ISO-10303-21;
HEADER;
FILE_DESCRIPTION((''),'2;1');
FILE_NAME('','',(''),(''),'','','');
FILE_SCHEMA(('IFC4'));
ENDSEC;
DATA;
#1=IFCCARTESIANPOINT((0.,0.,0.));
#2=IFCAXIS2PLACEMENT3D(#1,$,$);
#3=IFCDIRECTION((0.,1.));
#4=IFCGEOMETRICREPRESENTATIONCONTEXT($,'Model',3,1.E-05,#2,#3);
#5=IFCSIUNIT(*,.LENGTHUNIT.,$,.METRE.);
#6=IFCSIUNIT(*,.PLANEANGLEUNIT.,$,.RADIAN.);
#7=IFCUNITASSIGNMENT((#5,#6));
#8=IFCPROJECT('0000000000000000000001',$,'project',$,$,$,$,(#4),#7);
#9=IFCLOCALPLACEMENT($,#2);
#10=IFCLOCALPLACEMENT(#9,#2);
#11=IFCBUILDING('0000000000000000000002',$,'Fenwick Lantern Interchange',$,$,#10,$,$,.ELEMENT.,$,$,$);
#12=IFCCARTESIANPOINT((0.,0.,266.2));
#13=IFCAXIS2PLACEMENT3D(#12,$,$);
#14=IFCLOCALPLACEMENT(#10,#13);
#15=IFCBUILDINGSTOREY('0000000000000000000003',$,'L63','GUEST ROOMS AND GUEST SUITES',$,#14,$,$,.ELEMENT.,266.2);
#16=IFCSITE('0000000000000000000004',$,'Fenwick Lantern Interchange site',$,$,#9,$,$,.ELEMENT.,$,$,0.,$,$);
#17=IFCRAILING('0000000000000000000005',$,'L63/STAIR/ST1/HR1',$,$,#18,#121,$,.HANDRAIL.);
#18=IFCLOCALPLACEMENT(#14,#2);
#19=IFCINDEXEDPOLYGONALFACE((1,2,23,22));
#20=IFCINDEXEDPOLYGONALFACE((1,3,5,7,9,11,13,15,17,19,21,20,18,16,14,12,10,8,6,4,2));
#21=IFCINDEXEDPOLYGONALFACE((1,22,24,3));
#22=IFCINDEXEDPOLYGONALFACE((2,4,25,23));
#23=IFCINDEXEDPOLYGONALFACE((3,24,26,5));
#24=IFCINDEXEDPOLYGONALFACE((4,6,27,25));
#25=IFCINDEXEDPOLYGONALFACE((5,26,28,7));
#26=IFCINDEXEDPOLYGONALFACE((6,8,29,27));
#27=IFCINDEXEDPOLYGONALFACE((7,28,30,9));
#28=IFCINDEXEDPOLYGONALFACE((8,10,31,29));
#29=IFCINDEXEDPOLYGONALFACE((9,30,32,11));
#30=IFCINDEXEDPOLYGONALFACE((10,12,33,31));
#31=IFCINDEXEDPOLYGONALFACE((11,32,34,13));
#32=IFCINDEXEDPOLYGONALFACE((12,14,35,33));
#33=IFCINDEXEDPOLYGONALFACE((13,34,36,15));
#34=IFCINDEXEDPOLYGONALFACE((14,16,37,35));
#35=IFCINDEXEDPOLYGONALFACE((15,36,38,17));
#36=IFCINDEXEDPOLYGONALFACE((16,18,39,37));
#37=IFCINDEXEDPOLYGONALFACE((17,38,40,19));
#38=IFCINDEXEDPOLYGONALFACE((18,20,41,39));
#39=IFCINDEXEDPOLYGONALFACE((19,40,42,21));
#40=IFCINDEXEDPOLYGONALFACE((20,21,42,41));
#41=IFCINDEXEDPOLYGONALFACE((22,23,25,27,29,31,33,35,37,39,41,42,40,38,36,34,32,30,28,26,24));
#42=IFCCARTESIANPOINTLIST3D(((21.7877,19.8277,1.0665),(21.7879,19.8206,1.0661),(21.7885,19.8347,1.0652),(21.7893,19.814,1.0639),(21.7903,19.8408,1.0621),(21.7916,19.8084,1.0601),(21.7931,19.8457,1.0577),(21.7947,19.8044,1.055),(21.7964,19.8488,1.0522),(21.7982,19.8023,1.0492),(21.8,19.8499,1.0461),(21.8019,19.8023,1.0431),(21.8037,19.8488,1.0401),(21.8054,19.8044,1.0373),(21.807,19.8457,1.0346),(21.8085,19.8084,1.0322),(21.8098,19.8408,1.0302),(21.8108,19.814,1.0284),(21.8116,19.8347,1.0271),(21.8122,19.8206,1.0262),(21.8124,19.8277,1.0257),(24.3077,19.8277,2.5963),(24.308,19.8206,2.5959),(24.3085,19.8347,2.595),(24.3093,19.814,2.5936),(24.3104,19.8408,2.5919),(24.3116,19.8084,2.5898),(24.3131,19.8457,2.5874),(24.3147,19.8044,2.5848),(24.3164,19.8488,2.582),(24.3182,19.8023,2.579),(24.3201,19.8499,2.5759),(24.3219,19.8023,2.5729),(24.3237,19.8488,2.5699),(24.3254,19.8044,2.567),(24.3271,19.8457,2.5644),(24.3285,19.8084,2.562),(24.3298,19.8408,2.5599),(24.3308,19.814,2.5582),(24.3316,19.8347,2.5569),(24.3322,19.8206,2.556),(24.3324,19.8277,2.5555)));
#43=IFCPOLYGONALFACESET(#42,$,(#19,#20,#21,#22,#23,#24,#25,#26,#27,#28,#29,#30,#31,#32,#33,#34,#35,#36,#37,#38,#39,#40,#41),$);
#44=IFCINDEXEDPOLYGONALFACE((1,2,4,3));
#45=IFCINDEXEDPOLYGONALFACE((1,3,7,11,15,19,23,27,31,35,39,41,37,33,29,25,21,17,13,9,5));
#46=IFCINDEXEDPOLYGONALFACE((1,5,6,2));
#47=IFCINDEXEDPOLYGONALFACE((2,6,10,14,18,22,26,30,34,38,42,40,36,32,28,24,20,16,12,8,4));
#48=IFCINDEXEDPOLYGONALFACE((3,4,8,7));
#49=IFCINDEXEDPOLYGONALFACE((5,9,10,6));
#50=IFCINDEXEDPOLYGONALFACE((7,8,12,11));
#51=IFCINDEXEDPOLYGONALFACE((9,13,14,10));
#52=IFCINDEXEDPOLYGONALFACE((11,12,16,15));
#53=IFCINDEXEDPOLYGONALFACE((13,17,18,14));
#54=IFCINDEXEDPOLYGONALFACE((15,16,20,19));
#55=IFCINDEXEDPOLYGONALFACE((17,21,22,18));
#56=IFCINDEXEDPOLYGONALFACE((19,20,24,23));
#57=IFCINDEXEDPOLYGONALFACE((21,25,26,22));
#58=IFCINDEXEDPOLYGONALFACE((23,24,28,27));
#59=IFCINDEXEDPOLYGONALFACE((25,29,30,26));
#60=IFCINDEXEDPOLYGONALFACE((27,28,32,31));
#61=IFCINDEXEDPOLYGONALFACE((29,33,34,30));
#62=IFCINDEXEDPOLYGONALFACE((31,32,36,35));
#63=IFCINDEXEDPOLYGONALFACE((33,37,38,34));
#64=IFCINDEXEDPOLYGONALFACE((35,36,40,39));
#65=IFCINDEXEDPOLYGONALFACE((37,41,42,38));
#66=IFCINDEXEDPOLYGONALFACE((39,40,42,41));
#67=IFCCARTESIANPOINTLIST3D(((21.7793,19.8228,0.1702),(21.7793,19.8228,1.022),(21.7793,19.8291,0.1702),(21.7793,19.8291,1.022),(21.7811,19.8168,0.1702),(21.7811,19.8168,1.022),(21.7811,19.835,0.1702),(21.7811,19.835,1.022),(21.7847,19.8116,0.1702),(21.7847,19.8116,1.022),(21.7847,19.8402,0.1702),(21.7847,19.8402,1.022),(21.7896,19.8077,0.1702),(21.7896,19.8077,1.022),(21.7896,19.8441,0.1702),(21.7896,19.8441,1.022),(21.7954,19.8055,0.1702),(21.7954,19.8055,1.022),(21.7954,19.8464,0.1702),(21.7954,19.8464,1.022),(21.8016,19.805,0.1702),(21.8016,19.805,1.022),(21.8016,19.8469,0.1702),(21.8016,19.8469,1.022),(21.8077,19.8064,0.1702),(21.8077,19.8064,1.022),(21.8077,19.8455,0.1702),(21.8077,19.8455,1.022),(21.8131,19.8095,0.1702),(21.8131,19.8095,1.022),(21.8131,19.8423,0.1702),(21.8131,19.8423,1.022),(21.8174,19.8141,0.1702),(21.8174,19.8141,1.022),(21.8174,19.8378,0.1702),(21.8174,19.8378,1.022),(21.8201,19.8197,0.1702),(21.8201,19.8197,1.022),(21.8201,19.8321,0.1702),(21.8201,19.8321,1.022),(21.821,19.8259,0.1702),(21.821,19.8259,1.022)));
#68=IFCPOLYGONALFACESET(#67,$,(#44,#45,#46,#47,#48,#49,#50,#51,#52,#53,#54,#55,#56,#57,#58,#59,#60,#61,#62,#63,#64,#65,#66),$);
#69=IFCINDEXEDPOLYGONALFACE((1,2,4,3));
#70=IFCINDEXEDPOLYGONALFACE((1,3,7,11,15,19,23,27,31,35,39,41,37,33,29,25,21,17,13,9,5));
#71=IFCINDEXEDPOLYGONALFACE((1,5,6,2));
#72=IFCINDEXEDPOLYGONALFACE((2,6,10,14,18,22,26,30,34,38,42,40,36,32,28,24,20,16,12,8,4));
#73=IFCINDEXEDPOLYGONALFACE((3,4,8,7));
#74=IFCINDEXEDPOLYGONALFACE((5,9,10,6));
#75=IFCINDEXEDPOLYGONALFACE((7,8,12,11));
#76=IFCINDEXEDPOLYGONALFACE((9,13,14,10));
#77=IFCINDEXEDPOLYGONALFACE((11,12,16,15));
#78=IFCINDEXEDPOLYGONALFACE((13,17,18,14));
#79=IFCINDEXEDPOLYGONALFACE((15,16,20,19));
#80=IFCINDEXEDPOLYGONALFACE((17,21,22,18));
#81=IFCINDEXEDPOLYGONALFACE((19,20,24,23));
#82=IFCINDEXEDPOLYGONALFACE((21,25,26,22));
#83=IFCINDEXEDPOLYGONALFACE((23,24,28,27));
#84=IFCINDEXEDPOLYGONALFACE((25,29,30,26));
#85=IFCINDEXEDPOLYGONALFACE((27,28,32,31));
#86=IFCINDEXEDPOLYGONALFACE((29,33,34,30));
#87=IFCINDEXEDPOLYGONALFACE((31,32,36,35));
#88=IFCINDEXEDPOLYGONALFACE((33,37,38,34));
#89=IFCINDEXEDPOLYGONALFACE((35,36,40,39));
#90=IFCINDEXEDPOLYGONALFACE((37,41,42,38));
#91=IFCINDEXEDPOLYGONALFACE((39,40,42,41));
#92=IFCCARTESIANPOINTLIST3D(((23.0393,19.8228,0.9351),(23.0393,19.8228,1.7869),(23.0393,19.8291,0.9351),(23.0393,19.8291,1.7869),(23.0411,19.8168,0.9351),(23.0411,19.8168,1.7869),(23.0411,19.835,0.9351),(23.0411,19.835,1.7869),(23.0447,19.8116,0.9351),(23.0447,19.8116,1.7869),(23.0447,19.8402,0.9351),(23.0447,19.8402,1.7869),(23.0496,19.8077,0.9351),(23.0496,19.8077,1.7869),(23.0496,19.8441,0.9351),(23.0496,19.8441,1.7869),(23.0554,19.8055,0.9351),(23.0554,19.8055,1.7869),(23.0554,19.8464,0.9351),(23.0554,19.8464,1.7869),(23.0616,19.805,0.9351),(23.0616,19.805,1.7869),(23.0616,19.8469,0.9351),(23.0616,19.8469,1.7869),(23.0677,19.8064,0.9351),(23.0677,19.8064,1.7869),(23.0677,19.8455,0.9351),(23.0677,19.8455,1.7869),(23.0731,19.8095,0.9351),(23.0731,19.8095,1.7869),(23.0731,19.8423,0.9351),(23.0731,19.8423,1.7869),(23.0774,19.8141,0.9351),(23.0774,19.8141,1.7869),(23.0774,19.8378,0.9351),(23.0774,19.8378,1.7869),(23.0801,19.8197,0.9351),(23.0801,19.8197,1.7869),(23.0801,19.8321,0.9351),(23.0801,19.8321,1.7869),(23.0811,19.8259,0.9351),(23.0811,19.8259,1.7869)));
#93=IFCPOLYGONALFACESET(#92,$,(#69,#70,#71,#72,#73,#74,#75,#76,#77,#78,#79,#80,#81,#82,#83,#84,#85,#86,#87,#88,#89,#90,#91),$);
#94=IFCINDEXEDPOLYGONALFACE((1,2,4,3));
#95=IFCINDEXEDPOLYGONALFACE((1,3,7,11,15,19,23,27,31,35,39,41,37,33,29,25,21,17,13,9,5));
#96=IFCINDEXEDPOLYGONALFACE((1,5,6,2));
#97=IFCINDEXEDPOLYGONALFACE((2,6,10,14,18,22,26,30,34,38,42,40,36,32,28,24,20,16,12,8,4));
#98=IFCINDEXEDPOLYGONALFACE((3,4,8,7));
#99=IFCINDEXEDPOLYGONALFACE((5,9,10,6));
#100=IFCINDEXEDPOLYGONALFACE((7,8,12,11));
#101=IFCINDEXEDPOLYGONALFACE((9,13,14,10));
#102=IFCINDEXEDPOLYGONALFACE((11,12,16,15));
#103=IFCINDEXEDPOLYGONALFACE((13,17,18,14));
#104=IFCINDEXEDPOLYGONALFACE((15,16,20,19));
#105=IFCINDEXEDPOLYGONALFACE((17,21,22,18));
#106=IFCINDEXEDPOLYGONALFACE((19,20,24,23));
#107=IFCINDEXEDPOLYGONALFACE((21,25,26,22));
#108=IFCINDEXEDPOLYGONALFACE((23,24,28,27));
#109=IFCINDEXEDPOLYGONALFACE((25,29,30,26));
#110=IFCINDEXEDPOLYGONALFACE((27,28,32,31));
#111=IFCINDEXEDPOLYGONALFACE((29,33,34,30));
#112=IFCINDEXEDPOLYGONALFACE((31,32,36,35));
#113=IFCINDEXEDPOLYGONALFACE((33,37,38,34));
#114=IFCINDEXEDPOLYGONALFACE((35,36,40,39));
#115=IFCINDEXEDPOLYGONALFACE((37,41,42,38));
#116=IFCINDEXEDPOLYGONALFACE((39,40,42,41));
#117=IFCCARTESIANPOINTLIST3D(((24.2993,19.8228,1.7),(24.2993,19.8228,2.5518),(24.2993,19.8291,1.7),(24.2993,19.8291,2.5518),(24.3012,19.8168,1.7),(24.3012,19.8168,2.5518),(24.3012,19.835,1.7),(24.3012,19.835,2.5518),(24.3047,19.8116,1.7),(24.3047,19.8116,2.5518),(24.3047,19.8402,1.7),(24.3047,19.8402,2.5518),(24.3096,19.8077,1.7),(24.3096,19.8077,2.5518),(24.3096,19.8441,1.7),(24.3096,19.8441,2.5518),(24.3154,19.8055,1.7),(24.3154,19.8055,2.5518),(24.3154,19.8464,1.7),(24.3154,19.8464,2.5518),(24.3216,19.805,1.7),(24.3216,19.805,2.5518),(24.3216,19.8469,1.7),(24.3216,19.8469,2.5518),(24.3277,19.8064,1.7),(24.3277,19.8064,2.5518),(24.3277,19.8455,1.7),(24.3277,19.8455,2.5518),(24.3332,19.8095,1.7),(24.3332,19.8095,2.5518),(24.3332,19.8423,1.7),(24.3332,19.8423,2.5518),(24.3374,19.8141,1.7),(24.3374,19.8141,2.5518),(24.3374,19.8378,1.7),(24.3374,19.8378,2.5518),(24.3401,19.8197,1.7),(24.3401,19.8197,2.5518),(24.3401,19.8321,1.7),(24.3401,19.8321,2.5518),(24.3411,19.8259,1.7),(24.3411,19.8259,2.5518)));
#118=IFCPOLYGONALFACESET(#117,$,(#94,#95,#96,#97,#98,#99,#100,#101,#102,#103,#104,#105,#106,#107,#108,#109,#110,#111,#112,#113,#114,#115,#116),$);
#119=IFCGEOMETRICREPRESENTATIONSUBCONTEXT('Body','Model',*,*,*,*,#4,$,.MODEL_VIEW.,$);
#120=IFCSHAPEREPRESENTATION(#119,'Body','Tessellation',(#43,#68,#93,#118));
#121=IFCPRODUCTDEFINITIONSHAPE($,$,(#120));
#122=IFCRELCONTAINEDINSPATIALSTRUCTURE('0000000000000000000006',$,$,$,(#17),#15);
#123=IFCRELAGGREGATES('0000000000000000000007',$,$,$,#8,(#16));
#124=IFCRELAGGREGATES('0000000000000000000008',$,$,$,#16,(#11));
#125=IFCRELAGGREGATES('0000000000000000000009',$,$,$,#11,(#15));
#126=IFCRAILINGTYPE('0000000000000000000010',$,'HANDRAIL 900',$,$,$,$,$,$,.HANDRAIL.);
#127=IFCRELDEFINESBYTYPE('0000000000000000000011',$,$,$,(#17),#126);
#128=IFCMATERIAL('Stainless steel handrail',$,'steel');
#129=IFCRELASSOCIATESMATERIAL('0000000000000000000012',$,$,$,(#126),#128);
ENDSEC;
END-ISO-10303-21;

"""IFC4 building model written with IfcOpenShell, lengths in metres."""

from ifc_helpers import new_model, si_unit, direction, frame, origin, origin_2d, place, context, subcontext, project, spatial, circle, extrude, material, type_object, element, save


model = new_model("IFC4")

# Units and contexts
model_context = context("Model", 3, precision=1e-05, world=origin(), true_north=direction((0.0, 1.0)))
body_context = subcontext(model_context, "Body", "Model", "MODEL_VIEW")
ifc_project = project(units=[si_unit("LENGTHUNIT", "METRE"), si_unit("PLANEANGLEUNIT", "RADIAN")], contexts=[model_context])

# Site, building, storey
site_placement = place(None, origin())
site = spatial("IfcSite", under=ifc_project, at=site_placement, Name="Fenwick Lantern Interchange site", CompositionType="ELEMENT", RefElevation=0.0)
building_placement = place(site_placement, origin())
building = spatial("IfcBuilding", under=site, at=building_placement, Name="Fenwick Lantern Interchange", CompositionType="ELEMENT")
storey_placement = place(building_placement, frame((0.0, 0.0, 266.2)))
storey = spatial("IfcBuildingStorey", under=building, at=storey_placement, Name="L63", Description="GUEST ROOMS AND GUEST SUITES", CompositionType="ELEMENT", Elevation=266.2)

# Railing
ifc_material_1 = material(Name="Stainless steel handrail", Category="steel")
railing_type = type_object("IfcRailingType", Name="HANDRAIL 900", PredefinedType="HANDRAIL", material=ifc_material_1)
railing_1_placement = place(storey_placement, frame((21.8, 19.8259, 0.1702)))
element("IfcRailing", 1, at=railing_1_placement, inside=storey, type_object=railing_type, Name="L63/STAIR/ST1/HR1", PredefinedType="HANDRAIL", context=body_context, shape_type="SweptSolid", body=[
    extrude(circle(Radius=0.0239, at=origin_2d()), frame((0.0, 0.0, 0.876), z_axis=(0.854822, 0.0, 0.518922), x_axis=(0.0, 1.0, 0.0)), (0.0, 0.0, 1.0), 2.948),
    extrude(circle(Radius=0.021, at=origin_2d()), origin(), (0.0, 0.0, 1.0), 0.8518),
    extrude(circle(Radius=0.021, at=origin_2d()), frame((1.26, 0.0, 0.7649)), (0.0, 0.0, 1.0), 0.8518),
    extrude(circle(Radius=0.021, at=origin_2d()), frame((2.52, 0.0, 1.5298)), (0.0, 0.0, 1.0), 0.8518),
])

save(model, "model.ifc")
